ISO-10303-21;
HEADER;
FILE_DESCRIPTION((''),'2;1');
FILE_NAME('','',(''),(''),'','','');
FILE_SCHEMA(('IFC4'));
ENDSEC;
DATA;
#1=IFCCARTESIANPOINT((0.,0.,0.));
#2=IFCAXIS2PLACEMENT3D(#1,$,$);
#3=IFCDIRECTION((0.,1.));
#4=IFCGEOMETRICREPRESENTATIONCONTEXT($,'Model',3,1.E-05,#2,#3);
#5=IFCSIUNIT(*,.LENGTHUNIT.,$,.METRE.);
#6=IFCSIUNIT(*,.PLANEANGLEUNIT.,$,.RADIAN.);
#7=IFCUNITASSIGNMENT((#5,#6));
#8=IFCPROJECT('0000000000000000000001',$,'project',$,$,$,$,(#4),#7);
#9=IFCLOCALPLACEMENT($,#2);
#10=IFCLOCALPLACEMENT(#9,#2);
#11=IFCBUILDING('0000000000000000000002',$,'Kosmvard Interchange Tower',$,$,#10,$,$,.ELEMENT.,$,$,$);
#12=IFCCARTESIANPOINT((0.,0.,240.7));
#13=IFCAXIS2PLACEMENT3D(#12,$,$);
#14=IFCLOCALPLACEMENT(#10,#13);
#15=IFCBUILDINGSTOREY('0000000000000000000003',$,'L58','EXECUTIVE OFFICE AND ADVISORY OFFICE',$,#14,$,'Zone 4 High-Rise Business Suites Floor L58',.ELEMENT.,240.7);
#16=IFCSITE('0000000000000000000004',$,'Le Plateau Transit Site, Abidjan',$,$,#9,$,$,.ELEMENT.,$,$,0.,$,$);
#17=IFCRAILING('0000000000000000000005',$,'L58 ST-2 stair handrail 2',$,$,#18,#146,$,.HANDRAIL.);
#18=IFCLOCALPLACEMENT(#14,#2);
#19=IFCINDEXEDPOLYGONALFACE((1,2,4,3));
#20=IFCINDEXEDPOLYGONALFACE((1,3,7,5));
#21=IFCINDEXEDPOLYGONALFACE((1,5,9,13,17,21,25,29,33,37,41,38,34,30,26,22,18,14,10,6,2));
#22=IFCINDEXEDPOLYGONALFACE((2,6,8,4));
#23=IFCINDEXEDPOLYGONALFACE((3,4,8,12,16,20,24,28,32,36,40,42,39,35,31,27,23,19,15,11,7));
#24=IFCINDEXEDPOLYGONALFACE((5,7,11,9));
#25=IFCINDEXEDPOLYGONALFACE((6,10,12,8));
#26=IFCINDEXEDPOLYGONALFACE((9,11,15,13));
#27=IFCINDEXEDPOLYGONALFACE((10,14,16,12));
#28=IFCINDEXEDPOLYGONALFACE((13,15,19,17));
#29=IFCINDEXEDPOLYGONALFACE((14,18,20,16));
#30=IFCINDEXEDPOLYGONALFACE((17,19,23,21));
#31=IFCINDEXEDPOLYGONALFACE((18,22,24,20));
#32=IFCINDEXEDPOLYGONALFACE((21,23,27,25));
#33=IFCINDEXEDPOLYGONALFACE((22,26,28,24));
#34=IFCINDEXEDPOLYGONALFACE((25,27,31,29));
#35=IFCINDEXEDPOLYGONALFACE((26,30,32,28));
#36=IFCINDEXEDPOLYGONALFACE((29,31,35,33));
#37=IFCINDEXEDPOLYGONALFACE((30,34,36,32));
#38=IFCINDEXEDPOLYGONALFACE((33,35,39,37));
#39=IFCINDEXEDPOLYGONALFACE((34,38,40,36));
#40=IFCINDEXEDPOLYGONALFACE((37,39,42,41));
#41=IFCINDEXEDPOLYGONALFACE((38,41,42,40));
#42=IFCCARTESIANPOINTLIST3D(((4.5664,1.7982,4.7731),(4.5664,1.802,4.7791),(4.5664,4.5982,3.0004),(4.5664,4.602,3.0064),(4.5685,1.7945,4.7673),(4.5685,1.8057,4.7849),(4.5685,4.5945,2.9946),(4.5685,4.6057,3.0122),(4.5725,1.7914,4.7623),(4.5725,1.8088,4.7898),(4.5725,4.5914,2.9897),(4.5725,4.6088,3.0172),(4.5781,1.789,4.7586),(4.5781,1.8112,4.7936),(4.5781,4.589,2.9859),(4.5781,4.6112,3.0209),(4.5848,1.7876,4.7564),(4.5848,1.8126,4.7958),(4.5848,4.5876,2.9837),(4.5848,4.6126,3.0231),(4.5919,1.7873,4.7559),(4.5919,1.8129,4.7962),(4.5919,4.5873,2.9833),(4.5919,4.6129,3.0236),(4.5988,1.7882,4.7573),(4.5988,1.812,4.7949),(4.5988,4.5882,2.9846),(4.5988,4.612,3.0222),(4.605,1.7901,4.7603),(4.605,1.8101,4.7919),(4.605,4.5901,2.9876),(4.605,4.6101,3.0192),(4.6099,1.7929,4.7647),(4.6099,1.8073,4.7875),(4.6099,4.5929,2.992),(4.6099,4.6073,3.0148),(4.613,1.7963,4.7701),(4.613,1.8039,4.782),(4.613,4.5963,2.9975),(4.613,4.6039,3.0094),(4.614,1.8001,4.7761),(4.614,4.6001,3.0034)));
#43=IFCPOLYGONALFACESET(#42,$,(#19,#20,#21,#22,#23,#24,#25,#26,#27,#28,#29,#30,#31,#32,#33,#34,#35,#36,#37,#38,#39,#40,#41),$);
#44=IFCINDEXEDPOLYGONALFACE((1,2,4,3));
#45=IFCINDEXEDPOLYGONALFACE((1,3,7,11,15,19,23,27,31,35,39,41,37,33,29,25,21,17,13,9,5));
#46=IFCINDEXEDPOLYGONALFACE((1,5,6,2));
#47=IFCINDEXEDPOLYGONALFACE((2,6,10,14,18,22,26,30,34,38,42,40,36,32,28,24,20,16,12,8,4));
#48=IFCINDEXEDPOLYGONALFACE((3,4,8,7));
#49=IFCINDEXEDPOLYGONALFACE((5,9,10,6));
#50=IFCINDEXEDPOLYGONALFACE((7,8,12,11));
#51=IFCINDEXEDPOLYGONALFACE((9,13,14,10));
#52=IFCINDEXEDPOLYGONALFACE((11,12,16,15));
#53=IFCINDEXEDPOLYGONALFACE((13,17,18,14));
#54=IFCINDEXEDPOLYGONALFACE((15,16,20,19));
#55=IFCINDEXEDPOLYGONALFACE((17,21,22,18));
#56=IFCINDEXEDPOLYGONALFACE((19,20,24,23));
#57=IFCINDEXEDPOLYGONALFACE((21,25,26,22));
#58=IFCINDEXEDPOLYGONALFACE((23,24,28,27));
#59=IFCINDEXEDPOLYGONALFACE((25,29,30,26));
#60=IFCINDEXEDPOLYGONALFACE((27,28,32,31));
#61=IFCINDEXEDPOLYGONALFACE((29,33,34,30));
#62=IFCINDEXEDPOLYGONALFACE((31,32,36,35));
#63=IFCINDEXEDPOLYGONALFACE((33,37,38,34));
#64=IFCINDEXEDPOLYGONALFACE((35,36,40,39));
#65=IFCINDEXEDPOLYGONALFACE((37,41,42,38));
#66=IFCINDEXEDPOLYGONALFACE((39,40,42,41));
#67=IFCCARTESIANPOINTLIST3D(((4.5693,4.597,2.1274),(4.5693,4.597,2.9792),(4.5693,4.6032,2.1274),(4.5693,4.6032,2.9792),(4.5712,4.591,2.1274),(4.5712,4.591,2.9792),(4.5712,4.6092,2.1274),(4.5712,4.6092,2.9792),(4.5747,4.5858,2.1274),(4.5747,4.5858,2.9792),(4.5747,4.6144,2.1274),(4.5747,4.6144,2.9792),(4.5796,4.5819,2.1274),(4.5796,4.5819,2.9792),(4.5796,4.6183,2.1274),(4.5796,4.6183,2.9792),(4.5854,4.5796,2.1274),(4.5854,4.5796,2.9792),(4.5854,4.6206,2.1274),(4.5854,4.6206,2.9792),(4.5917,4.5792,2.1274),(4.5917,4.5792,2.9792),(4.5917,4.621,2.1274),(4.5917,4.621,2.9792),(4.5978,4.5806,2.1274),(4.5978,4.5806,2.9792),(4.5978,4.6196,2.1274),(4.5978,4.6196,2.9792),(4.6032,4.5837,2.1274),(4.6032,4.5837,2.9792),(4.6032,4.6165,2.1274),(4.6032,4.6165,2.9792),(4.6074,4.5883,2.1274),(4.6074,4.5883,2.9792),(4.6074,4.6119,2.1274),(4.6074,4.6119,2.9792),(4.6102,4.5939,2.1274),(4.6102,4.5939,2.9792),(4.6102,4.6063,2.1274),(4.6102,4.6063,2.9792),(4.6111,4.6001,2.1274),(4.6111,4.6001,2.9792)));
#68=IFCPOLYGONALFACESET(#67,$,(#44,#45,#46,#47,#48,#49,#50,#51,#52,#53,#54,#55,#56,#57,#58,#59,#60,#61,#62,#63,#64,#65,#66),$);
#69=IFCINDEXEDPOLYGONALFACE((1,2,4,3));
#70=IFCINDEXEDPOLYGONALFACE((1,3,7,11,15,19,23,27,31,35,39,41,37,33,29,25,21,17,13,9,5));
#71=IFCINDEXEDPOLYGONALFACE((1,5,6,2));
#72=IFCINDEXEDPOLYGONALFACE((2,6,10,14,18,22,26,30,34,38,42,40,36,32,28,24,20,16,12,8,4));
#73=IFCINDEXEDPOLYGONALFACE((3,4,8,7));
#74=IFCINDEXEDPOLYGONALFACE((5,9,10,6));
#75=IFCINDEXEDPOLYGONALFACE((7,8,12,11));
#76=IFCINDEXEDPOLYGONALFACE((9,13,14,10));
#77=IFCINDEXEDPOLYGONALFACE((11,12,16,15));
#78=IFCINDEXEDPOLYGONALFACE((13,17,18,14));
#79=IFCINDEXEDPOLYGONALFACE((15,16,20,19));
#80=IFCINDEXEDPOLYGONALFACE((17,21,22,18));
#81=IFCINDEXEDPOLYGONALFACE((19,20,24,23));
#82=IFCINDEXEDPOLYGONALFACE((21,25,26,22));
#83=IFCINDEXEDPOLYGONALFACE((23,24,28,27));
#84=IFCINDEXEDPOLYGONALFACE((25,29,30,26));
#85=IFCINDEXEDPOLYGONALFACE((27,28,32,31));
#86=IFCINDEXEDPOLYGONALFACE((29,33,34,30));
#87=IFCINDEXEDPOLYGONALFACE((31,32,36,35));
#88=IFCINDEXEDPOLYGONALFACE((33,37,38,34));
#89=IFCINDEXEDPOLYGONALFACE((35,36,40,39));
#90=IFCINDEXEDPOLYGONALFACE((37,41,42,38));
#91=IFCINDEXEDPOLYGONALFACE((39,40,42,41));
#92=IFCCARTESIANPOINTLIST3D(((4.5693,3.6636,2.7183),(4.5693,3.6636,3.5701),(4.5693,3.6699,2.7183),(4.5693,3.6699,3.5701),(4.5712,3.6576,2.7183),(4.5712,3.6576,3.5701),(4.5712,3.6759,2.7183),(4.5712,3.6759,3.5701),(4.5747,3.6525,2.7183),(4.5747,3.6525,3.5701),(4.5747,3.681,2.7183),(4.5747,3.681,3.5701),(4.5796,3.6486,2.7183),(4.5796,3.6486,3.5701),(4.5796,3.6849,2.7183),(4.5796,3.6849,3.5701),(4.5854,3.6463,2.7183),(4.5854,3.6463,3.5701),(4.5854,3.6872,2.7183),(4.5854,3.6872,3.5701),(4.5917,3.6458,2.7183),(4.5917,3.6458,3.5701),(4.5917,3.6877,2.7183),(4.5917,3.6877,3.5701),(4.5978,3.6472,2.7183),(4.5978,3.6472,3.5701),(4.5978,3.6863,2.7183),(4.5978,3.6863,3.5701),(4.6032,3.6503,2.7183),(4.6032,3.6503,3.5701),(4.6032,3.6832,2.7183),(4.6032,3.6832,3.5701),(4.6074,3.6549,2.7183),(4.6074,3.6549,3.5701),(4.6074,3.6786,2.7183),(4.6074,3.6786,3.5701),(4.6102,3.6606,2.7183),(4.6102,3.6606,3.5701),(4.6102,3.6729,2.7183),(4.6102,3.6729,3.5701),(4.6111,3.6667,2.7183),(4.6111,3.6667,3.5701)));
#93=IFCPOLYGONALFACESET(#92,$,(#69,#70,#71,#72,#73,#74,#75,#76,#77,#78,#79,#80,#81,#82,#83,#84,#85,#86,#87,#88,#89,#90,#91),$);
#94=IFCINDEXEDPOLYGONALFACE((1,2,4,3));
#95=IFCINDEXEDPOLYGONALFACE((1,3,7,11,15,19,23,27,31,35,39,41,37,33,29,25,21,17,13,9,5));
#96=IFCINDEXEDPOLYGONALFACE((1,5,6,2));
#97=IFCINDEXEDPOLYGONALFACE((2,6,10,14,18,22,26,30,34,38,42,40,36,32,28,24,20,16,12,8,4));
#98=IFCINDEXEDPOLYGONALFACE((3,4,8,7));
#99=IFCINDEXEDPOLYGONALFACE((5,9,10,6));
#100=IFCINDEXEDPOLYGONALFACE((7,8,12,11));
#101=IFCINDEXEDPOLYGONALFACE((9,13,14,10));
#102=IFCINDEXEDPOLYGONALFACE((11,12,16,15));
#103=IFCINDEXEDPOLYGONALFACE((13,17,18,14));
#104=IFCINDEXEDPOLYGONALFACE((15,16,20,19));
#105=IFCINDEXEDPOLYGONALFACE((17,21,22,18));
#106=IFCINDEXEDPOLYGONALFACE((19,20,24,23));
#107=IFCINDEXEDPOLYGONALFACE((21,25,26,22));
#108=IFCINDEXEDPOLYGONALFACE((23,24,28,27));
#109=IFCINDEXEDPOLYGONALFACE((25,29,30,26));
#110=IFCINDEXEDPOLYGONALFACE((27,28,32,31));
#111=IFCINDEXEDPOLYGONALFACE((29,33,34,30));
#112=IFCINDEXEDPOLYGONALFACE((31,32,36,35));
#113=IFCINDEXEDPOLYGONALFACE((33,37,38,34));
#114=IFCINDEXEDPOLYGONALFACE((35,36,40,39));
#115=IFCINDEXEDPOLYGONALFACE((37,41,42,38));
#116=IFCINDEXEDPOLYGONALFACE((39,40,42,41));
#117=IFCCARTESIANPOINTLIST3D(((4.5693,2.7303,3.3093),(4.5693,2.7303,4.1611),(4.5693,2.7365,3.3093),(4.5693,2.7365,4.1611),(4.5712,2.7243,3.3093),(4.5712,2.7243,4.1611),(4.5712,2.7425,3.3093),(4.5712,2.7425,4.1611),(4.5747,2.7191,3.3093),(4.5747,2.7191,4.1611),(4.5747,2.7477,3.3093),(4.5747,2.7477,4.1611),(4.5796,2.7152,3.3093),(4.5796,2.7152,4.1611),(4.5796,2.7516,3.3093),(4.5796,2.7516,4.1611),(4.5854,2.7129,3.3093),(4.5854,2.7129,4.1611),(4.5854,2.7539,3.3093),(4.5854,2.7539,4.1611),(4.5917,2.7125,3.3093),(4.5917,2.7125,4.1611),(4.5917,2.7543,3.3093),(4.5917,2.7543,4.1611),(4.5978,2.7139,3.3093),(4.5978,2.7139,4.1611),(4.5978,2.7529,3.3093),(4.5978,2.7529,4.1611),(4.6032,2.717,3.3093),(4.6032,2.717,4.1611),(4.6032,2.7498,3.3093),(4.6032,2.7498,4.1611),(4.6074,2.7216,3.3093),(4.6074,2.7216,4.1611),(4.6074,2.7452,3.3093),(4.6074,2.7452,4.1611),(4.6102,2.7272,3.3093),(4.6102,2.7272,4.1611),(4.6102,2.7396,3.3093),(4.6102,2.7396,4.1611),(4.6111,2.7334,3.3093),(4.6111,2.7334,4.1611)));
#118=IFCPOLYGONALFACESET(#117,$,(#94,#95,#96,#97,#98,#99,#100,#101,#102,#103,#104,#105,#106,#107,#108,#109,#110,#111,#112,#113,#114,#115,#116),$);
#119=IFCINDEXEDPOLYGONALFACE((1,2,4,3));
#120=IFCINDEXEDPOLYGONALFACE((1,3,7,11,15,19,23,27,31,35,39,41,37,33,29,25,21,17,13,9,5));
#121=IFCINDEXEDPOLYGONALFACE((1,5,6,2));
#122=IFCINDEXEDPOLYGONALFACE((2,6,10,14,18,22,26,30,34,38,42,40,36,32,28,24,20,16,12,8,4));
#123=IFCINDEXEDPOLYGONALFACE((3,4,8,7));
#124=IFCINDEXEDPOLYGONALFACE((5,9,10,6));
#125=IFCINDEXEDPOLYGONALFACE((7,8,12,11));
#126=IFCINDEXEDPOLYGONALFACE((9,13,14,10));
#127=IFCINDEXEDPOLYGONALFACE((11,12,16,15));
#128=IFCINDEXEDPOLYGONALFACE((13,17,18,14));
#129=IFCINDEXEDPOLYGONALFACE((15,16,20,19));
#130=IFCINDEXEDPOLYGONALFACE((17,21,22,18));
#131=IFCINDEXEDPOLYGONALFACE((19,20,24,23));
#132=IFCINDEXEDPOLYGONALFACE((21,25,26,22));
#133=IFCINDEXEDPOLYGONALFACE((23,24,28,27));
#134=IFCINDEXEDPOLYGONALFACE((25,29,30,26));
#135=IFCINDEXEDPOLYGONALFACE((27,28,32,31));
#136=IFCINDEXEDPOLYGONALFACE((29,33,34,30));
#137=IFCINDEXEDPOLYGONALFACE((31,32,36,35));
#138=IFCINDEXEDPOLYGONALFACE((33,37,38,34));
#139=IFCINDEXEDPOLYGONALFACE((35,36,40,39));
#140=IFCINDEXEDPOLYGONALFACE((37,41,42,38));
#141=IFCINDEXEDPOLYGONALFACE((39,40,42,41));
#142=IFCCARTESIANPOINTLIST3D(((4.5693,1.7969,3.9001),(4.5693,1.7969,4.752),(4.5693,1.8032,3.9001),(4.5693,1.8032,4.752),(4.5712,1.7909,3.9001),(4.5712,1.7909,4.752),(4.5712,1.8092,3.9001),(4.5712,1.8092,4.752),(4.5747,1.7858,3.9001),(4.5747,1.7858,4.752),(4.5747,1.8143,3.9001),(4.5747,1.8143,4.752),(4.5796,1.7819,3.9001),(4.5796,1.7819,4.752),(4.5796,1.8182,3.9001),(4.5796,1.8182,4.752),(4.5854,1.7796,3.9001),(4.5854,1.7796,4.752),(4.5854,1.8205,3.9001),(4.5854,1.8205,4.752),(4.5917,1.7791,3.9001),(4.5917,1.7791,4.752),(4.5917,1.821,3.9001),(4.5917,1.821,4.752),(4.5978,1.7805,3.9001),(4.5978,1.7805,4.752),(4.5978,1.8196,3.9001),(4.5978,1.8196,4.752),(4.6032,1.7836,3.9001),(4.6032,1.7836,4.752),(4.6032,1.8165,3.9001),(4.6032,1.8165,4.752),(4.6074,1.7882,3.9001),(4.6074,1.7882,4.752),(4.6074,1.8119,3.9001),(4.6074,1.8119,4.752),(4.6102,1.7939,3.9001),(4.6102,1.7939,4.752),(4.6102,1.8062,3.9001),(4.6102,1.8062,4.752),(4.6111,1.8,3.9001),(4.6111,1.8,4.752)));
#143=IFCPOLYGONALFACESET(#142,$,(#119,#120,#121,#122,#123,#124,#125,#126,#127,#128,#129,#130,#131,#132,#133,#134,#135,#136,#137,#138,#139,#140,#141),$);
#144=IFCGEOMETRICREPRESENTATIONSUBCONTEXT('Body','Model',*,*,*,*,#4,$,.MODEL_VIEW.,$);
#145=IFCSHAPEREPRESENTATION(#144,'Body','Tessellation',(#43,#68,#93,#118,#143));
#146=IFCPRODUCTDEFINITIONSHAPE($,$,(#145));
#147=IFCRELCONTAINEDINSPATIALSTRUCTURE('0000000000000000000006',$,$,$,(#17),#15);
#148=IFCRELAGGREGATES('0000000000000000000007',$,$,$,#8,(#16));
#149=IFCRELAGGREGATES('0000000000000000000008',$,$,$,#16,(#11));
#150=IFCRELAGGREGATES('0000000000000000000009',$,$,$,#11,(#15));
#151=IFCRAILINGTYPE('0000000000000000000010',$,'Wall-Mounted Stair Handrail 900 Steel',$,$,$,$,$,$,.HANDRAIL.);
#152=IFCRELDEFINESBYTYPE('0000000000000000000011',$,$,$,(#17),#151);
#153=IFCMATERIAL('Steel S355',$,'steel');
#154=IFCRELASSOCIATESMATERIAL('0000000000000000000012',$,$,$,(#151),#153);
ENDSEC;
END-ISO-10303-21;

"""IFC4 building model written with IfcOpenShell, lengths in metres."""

from ifc_helpers import new_model, si_unit, direction, frame, origin, origin_2d, place, context, subcontext, project, spatial, circle, extrude, source, transform, mapped, material, type_object, element, save


model = new_model("IFC4")

# Units and contexts
model_context = context("Model", 3, precision=1e-05, world=origin(), true_north=direction((0.0, 1.0)))
body_context = subcontext(model_context, "Body", "Model", "MODEL_VIEW")
ifc_project = project(units=[si_unit("LENGTHUNIT", "METRE"), si_unit("PLANEANGLEUNIT", "RADIAN")], contexts=[model_context])

# Site, building, storey
site_placement = place(None, origin())
site = spatial("IfcSite", under=ifc_project, at=site_placement, Name="Le Plateau Transit Site, Abidjan", CompositionType="ELEMENT", RefElevation=0.0)
building_placement = place(site_placement, origin())
building = spatial("IfcBuilding", under=site, at=building_placement, Name="Kosmvard Interchange Tower", CompositionType="ELEMENT")
storey_placement = place(building_placement, frame((0.0, 0.0, 240.7)))
storey = spatial("IfcBuildingStorey", under=building, at=storey_placement, Name="L58", Description="EXECUTIVE OFFICE AND ADVISORY OFFICE", LongName="Zone 4 High-Rise Business Suites Floor L58", CompositionType="ELEMENT", Elevation=240.7)

# Shared definitions
ifc_material_1 = material(Name="Steel S355", Category="steel")

# Railing
railing_type_1 = type_object("IfcRailingType", Name="Wall-Mounted Stair Handrail 900 Steel", PredefinedType="HANDRAIL", material=ifc_material_1)
shared_shape_1 = source(origin(), body_context, "Body", "SweptSolid", [
    extrude(circle(Radius=0.0239, at=origin_2d()), frame((0.0, 0.0, 0.876), z_axis=(0.0, -0.844909, 0.53491), x_axis=(1.0, 0.0, 0.0)), (0.0, 0.0, 1.0), 3.314),
    extrude(circle(Radius=0.021, at=origin_2d()), origin(), (0.0, 0.0, 1.0), 0.8518),
    extrude(circle(Radius=0.021, at=origin_2d()), frame((0.0, -0.9333, 0.5908)), (0.0, 0.0, 1.0), 0.8518),
    extrude(circle(Radius=0.021, at=origin_2d()), frame((0.0, -1.8667, 1.1819)), (0.0, 0.0, 1.0), 0.8518),
    extrude(circle(Radius=0.021, at=origin_2d()), frame((0.0, -2.8, 1.7727)), (0.0, 0.0, 1.0), 0.8518),
])
railing_1_placement = place(storey_placement, frame((4.5901, 4.6001, 2.1274)))
element("IfcRailing", 1, at=railing_1_placement, inside=storey, type_object=railing_type_1, Name="L58 ST-2 stair handrail 2", PredefinedType="HANDRAIL", context=body_context, shape_type="MappedRepresentation", body=[
    mapped(shared_shape_1, transform((0.0, 0.0, 0.0), scale=1.0)),
])

save(model, "model.ifc")
